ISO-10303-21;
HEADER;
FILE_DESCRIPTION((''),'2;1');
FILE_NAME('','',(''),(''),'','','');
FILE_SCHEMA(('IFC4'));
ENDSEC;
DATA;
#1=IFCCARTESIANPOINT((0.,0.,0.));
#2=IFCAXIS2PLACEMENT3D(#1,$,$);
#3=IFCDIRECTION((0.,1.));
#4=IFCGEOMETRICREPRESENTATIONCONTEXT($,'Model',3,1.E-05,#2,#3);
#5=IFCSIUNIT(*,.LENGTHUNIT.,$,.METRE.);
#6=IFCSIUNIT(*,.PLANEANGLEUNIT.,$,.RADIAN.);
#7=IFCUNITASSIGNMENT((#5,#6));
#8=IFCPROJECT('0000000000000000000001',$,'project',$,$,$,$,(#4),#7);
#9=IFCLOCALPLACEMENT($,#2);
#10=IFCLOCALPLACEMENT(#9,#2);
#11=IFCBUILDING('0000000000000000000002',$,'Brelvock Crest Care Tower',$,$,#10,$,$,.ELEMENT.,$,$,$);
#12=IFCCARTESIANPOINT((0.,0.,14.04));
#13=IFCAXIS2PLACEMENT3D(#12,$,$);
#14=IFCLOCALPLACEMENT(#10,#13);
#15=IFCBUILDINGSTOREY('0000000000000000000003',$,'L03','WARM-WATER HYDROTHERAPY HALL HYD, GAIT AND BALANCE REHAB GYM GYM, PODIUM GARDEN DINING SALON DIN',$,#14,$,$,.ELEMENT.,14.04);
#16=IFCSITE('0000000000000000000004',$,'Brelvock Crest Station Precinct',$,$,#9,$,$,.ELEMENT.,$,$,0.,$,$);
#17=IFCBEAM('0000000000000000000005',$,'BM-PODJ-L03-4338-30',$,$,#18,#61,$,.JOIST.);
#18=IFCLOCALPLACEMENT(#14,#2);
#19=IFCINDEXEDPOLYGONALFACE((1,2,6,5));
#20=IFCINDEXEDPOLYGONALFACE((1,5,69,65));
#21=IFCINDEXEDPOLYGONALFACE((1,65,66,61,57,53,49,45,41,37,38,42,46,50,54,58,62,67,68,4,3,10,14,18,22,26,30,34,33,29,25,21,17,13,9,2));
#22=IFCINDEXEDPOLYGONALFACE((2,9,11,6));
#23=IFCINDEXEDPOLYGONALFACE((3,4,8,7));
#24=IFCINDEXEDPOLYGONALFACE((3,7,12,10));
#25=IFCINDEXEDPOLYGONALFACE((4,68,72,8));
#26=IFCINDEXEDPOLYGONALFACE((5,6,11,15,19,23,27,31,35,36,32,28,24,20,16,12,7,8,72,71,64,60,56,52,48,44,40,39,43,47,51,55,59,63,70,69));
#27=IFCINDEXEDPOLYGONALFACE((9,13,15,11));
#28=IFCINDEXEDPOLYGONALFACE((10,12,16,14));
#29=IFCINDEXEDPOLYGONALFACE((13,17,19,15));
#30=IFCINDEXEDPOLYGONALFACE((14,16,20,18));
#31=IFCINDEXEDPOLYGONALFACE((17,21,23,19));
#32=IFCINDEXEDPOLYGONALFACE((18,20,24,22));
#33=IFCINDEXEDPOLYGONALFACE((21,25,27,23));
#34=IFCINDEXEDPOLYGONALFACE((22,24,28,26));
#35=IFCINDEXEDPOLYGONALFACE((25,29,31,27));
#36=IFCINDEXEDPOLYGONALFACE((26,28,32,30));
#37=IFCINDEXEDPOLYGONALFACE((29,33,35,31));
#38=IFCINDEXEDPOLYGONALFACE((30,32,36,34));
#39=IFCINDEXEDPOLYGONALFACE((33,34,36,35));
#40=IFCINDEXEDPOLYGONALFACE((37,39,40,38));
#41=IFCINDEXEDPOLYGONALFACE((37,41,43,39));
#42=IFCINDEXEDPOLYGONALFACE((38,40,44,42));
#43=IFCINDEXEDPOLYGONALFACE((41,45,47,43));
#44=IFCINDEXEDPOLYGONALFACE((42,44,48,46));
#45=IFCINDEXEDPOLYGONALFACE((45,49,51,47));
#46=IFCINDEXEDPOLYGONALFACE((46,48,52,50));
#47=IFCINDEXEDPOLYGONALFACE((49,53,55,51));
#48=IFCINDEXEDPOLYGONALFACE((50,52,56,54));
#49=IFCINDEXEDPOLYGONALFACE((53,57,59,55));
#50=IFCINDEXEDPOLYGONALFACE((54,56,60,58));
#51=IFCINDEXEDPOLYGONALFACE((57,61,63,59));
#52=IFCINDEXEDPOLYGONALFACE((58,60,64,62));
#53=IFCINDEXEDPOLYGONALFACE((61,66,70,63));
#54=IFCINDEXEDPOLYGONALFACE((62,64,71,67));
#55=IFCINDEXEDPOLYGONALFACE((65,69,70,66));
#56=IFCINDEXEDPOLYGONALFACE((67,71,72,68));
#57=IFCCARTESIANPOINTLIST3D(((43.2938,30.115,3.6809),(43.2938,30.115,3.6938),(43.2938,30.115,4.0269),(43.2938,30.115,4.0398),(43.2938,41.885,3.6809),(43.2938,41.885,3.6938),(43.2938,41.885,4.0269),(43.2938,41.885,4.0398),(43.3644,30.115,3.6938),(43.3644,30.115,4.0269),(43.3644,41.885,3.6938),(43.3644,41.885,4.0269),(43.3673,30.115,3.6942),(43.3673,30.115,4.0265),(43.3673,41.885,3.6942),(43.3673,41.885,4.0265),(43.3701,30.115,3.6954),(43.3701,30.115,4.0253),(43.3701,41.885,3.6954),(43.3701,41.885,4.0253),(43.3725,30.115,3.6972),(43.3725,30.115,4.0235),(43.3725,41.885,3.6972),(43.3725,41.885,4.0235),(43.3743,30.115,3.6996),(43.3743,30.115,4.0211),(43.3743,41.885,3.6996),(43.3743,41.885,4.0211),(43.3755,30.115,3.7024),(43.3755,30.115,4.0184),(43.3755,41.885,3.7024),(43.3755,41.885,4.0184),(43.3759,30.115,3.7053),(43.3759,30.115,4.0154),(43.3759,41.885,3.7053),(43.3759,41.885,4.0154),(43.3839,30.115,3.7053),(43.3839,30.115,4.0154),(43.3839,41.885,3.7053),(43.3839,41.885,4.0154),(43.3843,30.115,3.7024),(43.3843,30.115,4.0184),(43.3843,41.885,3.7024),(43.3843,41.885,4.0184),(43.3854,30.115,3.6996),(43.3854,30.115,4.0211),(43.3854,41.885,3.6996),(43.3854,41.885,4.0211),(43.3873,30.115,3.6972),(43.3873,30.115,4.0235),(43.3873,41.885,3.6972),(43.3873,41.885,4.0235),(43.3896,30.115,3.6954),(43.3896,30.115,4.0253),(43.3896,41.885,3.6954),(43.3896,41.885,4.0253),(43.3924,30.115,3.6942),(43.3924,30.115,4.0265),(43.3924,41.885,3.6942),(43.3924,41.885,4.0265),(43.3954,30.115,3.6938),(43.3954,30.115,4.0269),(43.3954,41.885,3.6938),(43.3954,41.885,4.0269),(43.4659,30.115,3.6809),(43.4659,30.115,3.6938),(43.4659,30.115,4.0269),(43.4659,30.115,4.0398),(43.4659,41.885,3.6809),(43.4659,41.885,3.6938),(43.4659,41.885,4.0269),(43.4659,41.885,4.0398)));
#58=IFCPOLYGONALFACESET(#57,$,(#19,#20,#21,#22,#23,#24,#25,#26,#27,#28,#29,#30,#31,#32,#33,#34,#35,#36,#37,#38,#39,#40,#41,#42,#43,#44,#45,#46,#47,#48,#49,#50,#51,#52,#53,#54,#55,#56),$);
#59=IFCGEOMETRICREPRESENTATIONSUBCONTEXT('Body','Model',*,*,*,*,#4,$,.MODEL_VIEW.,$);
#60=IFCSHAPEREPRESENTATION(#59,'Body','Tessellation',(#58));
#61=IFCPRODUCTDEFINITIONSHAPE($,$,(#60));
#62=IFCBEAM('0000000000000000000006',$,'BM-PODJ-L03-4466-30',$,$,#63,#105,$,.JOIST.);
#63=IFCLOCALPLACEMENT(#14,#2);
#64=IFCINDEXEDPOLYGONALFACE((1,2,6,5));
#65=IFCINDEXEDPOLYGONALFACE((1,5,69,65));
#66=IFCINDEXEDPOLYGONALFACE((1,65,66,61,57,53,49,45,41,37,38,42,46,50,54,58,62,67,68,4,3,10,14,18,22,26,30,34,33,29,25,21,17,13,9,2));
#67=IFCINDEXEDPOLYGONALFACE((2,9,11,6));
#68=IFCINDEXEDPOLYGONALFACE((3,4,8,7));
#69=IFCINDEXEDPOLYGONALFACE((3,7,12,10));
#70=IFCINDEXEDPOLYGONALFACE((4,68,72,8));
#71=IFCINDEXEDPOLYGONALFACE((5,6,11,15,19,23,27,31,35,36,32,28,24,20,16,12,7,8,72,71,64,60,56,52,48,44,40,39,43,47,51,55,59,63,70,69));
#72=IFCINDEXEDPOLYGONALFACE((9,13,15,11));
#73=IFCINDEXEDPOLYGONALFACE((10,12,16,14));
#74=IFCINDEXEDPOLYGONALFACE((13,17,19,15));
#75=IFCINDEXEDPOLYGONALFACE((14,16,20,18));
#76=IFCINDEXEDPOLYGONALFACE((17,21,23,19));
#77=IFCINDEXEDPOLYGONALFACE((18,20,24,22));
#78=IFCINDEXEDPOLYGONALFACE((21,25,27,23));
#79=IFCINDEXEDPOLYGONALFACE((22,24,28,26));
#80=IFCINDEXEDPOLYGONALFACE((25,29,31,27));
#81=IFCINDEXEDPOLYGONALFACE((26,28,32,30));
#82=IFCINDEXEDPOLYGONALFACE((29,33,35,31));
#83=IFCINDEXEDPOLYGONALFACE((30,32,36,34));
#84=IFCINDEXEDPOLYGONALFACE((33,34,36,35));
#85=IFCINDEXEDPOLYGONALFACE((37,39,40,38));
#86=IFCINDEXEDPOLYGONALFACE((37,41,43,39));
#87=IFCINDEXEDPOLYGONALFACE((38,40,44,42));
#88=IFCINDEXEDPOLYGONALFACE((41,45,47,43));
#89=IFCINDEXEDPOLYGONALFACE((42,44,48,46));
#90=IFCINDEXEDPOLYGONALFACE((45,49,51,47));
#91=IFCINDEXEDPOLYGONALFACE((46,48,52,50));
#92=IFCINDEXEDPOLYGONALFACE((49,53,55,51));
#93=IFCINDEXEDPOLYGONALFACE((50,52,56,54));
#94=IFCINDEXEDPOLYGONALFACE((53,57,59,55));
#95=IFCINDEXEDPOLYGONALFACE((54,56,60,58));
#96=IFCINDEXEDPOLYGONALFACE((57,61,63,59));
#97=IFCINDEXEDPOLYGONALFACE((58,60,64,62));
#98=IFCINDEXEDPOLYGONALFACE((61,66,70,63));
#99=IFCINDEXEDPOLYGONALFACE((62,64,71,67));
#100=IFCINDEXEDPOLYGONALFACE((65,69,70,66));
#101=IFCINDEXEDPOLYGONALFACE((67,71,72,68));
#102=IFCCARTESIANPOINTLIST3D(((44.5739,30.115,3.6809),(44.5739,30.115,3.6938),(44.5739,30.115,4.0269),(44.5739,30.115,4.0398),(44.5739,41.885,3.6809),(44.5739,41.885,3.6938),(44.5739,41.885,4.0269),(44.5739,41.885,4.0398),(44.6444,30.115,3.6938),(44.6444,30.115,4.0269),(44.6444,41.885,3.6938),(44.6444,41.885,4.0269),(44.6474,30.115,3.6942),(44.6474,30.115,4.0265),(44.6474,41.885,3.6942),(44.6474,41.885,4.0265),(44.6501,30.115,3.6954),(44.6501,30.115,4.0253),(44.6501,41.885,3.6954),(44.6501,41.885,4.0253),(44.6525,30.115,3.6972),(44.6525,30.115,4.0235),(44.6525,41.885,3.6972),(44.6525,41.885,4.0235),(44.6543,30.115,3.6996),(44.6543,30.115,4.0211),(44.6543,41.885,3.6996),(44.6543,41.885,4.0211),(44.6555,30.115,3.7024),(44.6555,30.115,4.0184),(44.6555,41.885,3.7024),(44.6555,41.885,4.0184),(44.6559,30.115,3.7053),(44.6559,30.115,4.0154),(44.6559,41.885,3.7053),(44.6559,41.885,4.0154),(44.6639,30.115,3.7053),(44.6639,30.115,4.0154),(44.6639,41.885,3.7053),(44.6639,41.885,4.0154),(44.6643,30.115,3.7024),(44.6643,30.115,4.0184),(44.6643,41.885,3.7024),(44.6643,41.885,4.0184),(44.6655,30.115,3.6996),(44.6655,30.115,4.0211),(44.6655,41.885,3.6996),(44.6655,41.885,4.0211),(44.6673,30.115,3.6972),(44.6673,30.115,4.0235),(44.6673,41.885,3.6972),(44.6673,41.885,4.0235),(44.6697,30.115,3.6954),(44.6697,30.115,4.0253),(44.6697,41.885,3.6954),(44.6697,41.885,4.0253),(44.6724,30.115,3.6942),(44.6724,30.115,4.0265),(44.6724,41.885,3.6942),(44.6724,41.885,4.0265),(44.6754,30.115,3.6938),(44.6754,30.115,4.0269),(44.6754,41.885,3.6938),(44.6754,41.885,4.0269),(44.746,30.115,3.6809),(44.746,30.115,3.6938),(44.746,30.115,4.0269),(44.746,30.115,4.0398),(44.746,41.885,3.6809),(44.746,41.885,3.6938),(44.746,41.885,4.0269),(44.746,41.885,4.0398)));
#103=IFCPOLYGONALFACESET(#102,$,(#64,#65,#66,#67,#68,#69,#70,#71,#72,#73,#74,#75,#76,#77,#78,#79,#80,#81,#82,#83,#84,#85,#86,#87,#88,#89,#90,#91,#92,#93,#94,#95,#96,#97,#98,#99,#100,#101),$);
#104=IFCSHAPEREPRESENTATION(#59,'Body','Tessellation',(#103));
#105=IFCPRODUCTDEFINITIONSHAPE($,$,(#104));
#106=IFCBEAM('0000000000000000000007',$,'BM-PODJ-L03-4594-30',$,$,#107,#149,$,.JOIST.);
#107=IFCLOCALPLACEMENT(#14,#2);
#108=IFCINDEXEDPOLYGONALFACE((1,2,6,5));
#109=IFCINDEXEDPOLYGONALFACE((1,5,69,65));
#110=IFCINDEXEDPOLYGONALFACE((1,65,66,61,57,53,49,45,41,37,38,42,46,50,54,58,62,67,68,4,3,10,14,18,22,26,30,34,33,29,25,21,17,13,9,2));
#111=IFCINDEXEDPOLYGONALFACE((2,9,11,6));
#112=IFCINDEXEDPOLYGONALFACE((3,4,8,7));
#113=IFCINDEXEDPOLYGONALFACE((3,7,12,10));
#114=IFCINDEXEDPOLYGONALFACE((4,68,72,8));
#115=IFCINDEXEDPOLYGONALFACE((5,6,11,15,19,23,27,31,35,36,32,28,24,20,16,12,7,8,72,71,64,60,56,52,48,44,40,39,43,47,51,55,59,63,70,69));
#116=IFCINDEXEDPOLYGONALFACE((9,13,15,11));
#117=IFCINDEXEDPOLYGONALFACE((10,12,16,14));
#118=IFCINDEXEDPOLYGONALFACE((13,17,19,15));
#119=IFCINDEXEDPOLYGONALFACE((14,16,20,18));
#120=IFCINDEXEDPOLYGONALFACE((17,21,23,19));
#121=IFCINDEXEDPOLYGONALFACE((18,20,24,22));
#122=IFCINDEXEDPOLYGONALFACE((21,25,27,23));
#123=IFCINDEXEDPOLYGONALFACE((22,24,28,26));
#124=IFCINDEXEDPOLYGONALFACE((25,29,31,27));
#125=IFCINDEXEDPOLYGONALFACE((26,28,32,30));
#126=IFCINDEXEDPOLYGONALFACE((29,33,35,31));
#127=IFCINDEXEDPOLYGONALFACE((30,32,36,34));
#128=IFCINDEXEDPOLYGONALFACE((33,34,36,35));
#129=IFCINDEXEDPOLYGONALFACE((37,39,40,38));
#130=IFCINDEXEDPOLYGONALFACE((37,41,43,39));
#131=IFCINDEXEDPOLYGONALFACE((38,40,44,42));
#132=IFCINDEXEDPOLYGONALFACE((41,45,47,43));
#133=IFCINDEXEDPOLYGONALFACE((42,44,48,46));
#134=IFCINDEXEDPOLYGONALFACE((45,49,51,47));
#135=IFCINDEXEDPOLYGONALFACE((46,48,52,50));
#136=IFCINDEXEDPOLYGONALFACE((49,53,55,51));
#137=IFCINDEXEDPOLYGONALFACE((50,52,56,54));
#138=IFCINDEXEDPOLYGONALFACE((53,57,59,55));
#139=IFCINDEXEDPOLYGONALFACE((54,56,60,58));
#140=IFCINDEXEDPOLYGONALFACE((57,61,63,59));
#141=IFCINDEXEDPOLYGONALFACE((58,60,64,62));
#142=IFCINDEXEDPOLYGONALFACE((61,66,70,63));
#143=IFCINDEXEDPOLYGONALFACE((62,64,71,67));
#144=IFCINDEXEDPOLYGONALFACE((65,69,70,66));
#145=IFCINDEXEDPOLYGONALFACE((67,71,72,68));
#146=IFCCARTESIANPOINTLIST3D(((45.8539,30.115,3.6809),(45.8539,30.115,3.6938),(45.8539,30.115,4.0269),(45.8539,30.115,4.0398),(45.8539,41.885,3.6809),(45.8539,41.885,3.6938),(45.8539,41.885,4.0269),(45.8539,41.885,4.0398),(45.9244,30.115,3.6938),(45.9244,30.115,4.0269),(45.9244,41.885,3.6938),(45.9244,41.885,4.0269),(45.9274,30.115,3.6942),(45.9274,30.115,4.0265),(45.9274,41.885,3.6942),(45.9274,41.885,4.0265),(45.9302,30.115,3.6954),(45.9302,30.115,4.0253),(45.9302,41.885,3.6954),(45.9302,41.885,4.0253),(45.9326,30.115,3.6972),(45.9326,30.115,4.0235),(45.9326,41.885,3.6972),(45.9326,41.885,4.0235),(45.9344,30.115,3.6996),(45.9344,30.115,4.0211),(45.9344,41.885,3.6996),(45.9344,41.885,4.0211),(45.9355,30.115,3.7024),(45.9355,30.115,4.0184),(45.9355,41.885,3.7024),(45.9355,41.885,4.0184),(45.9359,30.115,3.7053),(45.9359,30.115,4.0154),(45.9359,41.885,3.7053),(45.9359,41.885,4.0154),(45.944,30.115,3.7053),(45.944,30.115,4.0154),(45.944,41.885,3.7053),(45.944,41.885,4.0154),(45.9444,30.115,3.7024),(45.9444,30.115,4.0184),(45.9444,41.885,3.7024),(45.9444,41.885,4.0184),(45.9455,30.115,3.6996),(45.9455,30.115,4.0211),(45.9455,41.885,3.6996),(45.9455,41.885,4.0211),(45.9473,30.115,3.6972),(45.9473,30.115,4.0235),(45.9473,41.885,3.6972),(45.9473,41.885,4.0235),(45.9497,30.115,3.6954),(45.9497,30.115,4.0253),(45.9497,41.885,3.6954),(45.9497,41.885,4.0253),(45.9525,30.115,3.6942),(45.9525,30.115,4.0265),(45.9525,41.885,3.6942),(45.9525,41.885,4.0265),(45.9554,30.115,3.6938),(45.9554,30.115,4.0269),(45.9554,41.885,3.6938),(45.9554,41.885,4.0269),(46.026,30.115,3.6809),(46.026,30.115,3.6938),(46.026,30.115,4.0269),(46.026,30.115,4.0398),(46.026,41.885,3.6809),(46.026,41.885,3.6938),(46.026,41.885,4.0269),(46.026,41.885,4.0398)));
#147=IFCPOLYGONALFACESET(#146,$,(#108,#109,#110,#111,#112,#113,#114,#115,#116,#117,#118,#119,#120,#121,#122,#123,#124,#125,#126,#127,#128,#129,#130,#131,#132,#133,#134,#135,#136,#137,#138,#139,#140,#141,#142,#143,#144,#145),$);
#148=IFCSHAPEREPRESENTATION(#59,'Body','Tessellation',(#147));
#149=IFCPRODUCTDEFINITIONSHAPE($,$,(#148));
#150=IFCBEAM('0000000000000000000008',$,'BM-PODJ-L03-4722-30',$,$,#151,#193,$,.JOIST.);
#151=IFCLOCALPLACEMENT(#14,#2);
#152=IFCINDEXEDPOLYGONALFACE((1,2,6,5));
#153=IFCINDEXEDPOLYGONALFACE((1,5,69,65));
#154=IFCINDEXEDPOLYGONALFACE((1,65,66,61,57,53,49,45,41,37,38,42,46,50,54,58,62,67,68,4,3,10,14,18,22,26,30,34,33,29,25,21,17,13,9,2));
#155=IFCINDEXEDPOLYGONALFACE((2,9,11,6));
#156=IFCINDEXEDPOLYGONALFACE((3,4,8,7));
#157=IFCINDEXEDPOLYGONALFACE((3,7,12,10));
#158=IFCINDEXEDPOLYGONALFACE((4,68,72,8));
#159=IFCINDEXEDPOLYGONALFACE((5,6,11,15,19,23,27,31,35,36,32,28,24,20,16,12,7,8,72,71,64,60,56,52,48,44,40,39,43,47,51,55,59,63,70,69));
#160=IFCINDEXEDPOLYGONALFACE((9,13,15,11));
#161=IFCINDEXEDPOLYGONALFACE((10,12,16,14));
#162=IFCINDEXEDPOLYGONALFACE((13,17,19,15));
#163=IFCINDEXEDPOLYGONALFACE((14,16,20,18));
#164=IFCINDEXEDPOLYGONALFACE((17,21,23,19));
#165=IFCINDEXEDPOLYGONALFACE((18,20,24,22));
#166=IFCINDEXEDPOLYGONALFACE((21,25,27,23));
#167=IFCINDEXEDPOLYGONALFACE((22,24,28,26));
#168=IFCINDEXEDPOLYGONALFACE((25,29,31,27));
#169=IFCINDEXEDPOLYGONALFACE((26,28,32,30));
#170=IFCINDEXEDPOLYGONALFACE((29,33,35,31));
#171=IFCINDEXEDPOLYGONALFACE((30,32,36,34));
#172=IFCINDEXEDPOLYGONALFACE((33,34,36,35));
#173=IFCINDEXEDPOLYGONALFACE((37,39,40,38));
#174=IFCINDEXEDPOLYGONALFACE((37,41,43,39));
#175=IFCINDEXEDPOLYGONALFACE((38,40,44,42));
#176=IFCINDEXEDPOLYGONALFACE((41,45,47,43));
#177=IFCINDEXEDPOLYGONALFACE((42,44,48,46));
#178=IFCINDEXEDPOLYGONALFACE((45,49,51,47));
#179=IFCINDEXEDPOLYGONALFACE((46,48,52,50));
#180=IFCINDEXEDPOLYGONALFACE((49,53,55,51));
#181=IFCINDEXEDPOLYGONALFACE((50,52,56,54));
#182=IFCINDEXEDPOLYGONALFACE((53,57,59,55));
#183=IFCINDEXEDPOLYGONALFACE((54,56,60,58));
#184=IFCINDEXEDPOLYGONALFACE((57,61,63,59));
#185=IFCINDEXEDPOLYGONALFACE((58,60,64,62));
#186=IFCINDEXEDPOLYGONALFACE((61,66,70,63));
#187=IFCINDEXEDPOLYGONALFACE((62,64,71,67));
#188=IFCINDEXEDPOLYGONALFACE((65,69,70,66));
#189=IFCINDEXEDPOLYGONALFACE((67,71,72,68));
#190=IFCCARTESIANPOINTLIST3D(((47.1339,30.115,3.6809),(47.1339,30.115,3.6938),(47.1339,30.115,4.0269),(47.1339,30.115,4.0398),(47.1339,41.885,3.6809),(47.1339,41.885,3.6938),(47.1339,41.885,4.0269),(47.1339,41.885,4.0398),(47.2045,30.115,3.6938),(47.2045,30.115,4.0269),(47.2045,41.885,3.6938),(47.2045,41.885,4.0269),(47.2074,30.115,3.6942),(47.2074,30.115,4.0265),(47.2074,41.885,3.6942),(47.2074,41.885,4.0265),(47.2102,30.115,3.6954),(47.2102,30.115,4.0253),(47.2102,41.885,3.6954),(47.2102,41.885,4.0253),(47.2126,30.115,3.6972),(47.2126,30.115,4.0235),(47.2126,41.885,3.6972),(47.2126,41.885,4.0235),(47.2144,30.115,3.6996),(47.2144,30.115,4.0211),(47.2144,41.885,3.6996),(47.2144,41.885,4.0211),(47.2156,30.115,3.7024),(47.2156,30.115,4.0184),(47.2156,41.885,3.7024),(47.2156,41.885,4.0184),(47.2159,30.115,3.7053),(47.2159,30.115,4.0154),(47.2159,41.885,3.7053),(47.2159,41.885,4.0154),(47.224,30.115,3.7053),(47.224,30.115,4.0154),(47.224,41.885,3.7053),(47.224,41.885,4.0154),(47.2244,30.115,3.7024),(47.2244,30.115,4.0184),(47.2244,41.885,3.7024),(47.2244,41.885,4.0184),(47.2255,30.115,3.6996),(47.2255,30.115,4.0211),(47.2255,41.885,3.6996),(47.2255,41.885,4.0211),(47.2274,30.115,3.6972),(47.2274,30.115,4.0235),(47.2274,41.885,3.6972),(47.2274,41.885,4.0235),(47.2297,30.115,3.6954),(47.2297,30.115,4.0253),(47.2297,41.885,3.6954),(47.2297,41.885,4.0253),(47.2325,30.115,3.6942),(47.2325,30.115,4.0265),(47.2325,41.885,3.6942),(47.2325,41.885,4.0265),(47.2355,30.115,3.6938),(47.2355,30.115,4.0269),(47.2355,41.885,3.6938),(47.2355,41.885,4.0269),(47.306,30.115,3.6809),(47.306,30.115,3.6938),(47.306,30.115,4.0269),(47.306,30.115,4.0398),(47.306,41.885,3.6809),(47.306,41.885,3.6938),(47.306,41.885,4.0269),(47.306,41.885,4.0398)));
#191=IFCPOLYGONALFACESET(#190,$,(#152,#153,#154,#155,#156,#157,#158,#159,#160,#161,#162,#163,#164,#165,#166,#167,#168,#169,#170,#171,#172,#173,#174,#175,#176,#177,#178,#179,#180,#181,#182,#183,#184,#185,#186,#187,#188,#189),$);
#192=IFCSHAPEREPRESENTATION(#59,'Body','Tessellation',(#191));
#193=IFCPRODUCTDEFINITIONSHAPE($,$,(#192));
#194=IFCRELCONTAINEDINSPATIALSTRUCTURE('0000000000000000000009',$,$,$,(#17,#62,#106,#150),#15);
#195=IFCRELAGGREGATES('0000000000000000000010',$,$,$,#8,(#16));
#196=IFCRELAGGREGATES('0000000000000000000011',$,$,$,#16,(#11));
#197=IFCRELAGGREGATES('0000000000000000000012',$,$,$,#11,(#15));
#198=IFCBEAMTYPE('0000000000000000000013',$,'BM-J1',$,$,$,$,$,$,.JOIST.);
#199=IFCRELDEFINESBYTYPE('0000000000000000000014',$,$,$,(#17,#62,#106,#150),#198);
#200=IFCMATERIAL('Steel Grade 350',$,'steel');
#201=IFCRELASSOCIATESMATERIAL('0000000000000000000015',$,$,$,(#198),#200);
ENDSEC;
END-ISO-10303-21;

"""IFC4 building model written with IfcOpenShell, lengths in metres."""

from ifc_helpers import new_model, si_unit, direction, frame, origin, origin_2d, place, context, subcontext, project, spatial, i_section, extrude, source, transform, mapped, material, material_profile, profile_set, type_object, element, save


model = new_model("IFC4")

# Units and contexts
model_context = context("Model", 3, precision=1e-05, world=origin(), true_north=direction((0.0, 1.0)))
body_context = subcontext(model_context, "Body", "Model", "MODEL_VIEW")
ifc_project = project(units=[si_unit("LENGTHUNIT", "METRE"), si_unit("PLANEANGLEUNIT", "RADIAN")], contexts=[model_context])

# Site, building, storey
site_placement = place(None, origin())
site = spatial("IfcSite", under=ifc_project, at=site_placement, Name="Brelvock Crest Station Precinct", CompositionType="ELEMENT", RefElevation=0.0)
building_placement = place(site_placement, origin())
building = spatial("IfcBuilding", under=site, at=building_placement, Name="Brelvock Crest Care Tower", CompositionType="ELEMENT")
storey_placement = place(building_placement, frame((0.0, 0.0, 14.04)))
storey = spatial("IfcBuildingStorey", under=building, at=storey_placement, Name="L03", Description="WARM-WATER HYDROTHERAPY HALL HYD, GAIT AND BALANCE REHAB GYM GYM, PODIUM GARDEN DINING SALON DIN", CompositionType="ELEMENT", Elevation=14.04)

# Shared definitions
ifc_material_1 = material(Name="Steel Grade 350", Category="steel")

# Beams
ifc_material_profile_1 = material_profile(ifc_material_1, i_section(OverallWidth=0.1721, OverallDepth=0.3589, WebThickness=0.0081, FlangeThickness=0.0129, FilletRadius=0.0115, at=origin_2d()), Name="360UB56.7")
ifc_profile_set_1 = profile_set([ifc_material_profile_1], Name="Steel Grade 350")
beam_type_1 = type_object("IfcBeamType", Name="BM-J1", PredefinedType="JOIST", material=ifc_profile_set_1)
shared_shape_1 = source(origin(), body_context, "Body", "SweptSolid", [
    extrude(i_section(OverallWidth=0.1721, OverallDepth=0.3589, WebThickness=0.0081, FlangeThickness=0.0129, FilletRadius=0.0115, at=origin_2d()), origin(), (0.0, 0.0, 1.0), 11.77),
])
for number, where, z_axis, x_axis, name in (
    (1, (43.3799, 30.115, 3.8604), (0.0, 1.0, 0.0), (-1.0, 0.0, 0.0), "BM-PODJ-L03-4338-30"),
    (2, (44.6599, 30.115, 3.8604), (0.0, 1.0, 0.0), (-1.0, 0.0, 0.0), "BM-PODJ-L03-4466-30"),
    (3, (45.9399, 30.115, 3.8604), (0.0, 1.0, 0.0), (-1.0, 0.0, 0.0), "BM-PODJ-L03-4594-30"),
    (4, (47.22, 30.115, 3.8604), (0.0, 1.0, 0.0), (-1.0, 0.0, 0.0), "BM-PODJ-L03-4722-30"),
):
    element("IfcBeam", number, at=place(storey_placement, frame(where, z_axis=z_axis, x_axis=x_axis)), inside=storey, type_object=beam_type_1, Name=name, PredefinedType="JOIST", context=body_context, shape_type="MappedRepresentation", body=[
        mapped(shared_shape_1, transform((0.0, 0.0, 0.0), x_axis=(1.0, 0.0, 0.0), y_axis=(0.0, 1.0, 0.0), z_axis=(0.0, 0.0, 1.0), scale=1.0)),
    ])

save(model, "model.ifc")
